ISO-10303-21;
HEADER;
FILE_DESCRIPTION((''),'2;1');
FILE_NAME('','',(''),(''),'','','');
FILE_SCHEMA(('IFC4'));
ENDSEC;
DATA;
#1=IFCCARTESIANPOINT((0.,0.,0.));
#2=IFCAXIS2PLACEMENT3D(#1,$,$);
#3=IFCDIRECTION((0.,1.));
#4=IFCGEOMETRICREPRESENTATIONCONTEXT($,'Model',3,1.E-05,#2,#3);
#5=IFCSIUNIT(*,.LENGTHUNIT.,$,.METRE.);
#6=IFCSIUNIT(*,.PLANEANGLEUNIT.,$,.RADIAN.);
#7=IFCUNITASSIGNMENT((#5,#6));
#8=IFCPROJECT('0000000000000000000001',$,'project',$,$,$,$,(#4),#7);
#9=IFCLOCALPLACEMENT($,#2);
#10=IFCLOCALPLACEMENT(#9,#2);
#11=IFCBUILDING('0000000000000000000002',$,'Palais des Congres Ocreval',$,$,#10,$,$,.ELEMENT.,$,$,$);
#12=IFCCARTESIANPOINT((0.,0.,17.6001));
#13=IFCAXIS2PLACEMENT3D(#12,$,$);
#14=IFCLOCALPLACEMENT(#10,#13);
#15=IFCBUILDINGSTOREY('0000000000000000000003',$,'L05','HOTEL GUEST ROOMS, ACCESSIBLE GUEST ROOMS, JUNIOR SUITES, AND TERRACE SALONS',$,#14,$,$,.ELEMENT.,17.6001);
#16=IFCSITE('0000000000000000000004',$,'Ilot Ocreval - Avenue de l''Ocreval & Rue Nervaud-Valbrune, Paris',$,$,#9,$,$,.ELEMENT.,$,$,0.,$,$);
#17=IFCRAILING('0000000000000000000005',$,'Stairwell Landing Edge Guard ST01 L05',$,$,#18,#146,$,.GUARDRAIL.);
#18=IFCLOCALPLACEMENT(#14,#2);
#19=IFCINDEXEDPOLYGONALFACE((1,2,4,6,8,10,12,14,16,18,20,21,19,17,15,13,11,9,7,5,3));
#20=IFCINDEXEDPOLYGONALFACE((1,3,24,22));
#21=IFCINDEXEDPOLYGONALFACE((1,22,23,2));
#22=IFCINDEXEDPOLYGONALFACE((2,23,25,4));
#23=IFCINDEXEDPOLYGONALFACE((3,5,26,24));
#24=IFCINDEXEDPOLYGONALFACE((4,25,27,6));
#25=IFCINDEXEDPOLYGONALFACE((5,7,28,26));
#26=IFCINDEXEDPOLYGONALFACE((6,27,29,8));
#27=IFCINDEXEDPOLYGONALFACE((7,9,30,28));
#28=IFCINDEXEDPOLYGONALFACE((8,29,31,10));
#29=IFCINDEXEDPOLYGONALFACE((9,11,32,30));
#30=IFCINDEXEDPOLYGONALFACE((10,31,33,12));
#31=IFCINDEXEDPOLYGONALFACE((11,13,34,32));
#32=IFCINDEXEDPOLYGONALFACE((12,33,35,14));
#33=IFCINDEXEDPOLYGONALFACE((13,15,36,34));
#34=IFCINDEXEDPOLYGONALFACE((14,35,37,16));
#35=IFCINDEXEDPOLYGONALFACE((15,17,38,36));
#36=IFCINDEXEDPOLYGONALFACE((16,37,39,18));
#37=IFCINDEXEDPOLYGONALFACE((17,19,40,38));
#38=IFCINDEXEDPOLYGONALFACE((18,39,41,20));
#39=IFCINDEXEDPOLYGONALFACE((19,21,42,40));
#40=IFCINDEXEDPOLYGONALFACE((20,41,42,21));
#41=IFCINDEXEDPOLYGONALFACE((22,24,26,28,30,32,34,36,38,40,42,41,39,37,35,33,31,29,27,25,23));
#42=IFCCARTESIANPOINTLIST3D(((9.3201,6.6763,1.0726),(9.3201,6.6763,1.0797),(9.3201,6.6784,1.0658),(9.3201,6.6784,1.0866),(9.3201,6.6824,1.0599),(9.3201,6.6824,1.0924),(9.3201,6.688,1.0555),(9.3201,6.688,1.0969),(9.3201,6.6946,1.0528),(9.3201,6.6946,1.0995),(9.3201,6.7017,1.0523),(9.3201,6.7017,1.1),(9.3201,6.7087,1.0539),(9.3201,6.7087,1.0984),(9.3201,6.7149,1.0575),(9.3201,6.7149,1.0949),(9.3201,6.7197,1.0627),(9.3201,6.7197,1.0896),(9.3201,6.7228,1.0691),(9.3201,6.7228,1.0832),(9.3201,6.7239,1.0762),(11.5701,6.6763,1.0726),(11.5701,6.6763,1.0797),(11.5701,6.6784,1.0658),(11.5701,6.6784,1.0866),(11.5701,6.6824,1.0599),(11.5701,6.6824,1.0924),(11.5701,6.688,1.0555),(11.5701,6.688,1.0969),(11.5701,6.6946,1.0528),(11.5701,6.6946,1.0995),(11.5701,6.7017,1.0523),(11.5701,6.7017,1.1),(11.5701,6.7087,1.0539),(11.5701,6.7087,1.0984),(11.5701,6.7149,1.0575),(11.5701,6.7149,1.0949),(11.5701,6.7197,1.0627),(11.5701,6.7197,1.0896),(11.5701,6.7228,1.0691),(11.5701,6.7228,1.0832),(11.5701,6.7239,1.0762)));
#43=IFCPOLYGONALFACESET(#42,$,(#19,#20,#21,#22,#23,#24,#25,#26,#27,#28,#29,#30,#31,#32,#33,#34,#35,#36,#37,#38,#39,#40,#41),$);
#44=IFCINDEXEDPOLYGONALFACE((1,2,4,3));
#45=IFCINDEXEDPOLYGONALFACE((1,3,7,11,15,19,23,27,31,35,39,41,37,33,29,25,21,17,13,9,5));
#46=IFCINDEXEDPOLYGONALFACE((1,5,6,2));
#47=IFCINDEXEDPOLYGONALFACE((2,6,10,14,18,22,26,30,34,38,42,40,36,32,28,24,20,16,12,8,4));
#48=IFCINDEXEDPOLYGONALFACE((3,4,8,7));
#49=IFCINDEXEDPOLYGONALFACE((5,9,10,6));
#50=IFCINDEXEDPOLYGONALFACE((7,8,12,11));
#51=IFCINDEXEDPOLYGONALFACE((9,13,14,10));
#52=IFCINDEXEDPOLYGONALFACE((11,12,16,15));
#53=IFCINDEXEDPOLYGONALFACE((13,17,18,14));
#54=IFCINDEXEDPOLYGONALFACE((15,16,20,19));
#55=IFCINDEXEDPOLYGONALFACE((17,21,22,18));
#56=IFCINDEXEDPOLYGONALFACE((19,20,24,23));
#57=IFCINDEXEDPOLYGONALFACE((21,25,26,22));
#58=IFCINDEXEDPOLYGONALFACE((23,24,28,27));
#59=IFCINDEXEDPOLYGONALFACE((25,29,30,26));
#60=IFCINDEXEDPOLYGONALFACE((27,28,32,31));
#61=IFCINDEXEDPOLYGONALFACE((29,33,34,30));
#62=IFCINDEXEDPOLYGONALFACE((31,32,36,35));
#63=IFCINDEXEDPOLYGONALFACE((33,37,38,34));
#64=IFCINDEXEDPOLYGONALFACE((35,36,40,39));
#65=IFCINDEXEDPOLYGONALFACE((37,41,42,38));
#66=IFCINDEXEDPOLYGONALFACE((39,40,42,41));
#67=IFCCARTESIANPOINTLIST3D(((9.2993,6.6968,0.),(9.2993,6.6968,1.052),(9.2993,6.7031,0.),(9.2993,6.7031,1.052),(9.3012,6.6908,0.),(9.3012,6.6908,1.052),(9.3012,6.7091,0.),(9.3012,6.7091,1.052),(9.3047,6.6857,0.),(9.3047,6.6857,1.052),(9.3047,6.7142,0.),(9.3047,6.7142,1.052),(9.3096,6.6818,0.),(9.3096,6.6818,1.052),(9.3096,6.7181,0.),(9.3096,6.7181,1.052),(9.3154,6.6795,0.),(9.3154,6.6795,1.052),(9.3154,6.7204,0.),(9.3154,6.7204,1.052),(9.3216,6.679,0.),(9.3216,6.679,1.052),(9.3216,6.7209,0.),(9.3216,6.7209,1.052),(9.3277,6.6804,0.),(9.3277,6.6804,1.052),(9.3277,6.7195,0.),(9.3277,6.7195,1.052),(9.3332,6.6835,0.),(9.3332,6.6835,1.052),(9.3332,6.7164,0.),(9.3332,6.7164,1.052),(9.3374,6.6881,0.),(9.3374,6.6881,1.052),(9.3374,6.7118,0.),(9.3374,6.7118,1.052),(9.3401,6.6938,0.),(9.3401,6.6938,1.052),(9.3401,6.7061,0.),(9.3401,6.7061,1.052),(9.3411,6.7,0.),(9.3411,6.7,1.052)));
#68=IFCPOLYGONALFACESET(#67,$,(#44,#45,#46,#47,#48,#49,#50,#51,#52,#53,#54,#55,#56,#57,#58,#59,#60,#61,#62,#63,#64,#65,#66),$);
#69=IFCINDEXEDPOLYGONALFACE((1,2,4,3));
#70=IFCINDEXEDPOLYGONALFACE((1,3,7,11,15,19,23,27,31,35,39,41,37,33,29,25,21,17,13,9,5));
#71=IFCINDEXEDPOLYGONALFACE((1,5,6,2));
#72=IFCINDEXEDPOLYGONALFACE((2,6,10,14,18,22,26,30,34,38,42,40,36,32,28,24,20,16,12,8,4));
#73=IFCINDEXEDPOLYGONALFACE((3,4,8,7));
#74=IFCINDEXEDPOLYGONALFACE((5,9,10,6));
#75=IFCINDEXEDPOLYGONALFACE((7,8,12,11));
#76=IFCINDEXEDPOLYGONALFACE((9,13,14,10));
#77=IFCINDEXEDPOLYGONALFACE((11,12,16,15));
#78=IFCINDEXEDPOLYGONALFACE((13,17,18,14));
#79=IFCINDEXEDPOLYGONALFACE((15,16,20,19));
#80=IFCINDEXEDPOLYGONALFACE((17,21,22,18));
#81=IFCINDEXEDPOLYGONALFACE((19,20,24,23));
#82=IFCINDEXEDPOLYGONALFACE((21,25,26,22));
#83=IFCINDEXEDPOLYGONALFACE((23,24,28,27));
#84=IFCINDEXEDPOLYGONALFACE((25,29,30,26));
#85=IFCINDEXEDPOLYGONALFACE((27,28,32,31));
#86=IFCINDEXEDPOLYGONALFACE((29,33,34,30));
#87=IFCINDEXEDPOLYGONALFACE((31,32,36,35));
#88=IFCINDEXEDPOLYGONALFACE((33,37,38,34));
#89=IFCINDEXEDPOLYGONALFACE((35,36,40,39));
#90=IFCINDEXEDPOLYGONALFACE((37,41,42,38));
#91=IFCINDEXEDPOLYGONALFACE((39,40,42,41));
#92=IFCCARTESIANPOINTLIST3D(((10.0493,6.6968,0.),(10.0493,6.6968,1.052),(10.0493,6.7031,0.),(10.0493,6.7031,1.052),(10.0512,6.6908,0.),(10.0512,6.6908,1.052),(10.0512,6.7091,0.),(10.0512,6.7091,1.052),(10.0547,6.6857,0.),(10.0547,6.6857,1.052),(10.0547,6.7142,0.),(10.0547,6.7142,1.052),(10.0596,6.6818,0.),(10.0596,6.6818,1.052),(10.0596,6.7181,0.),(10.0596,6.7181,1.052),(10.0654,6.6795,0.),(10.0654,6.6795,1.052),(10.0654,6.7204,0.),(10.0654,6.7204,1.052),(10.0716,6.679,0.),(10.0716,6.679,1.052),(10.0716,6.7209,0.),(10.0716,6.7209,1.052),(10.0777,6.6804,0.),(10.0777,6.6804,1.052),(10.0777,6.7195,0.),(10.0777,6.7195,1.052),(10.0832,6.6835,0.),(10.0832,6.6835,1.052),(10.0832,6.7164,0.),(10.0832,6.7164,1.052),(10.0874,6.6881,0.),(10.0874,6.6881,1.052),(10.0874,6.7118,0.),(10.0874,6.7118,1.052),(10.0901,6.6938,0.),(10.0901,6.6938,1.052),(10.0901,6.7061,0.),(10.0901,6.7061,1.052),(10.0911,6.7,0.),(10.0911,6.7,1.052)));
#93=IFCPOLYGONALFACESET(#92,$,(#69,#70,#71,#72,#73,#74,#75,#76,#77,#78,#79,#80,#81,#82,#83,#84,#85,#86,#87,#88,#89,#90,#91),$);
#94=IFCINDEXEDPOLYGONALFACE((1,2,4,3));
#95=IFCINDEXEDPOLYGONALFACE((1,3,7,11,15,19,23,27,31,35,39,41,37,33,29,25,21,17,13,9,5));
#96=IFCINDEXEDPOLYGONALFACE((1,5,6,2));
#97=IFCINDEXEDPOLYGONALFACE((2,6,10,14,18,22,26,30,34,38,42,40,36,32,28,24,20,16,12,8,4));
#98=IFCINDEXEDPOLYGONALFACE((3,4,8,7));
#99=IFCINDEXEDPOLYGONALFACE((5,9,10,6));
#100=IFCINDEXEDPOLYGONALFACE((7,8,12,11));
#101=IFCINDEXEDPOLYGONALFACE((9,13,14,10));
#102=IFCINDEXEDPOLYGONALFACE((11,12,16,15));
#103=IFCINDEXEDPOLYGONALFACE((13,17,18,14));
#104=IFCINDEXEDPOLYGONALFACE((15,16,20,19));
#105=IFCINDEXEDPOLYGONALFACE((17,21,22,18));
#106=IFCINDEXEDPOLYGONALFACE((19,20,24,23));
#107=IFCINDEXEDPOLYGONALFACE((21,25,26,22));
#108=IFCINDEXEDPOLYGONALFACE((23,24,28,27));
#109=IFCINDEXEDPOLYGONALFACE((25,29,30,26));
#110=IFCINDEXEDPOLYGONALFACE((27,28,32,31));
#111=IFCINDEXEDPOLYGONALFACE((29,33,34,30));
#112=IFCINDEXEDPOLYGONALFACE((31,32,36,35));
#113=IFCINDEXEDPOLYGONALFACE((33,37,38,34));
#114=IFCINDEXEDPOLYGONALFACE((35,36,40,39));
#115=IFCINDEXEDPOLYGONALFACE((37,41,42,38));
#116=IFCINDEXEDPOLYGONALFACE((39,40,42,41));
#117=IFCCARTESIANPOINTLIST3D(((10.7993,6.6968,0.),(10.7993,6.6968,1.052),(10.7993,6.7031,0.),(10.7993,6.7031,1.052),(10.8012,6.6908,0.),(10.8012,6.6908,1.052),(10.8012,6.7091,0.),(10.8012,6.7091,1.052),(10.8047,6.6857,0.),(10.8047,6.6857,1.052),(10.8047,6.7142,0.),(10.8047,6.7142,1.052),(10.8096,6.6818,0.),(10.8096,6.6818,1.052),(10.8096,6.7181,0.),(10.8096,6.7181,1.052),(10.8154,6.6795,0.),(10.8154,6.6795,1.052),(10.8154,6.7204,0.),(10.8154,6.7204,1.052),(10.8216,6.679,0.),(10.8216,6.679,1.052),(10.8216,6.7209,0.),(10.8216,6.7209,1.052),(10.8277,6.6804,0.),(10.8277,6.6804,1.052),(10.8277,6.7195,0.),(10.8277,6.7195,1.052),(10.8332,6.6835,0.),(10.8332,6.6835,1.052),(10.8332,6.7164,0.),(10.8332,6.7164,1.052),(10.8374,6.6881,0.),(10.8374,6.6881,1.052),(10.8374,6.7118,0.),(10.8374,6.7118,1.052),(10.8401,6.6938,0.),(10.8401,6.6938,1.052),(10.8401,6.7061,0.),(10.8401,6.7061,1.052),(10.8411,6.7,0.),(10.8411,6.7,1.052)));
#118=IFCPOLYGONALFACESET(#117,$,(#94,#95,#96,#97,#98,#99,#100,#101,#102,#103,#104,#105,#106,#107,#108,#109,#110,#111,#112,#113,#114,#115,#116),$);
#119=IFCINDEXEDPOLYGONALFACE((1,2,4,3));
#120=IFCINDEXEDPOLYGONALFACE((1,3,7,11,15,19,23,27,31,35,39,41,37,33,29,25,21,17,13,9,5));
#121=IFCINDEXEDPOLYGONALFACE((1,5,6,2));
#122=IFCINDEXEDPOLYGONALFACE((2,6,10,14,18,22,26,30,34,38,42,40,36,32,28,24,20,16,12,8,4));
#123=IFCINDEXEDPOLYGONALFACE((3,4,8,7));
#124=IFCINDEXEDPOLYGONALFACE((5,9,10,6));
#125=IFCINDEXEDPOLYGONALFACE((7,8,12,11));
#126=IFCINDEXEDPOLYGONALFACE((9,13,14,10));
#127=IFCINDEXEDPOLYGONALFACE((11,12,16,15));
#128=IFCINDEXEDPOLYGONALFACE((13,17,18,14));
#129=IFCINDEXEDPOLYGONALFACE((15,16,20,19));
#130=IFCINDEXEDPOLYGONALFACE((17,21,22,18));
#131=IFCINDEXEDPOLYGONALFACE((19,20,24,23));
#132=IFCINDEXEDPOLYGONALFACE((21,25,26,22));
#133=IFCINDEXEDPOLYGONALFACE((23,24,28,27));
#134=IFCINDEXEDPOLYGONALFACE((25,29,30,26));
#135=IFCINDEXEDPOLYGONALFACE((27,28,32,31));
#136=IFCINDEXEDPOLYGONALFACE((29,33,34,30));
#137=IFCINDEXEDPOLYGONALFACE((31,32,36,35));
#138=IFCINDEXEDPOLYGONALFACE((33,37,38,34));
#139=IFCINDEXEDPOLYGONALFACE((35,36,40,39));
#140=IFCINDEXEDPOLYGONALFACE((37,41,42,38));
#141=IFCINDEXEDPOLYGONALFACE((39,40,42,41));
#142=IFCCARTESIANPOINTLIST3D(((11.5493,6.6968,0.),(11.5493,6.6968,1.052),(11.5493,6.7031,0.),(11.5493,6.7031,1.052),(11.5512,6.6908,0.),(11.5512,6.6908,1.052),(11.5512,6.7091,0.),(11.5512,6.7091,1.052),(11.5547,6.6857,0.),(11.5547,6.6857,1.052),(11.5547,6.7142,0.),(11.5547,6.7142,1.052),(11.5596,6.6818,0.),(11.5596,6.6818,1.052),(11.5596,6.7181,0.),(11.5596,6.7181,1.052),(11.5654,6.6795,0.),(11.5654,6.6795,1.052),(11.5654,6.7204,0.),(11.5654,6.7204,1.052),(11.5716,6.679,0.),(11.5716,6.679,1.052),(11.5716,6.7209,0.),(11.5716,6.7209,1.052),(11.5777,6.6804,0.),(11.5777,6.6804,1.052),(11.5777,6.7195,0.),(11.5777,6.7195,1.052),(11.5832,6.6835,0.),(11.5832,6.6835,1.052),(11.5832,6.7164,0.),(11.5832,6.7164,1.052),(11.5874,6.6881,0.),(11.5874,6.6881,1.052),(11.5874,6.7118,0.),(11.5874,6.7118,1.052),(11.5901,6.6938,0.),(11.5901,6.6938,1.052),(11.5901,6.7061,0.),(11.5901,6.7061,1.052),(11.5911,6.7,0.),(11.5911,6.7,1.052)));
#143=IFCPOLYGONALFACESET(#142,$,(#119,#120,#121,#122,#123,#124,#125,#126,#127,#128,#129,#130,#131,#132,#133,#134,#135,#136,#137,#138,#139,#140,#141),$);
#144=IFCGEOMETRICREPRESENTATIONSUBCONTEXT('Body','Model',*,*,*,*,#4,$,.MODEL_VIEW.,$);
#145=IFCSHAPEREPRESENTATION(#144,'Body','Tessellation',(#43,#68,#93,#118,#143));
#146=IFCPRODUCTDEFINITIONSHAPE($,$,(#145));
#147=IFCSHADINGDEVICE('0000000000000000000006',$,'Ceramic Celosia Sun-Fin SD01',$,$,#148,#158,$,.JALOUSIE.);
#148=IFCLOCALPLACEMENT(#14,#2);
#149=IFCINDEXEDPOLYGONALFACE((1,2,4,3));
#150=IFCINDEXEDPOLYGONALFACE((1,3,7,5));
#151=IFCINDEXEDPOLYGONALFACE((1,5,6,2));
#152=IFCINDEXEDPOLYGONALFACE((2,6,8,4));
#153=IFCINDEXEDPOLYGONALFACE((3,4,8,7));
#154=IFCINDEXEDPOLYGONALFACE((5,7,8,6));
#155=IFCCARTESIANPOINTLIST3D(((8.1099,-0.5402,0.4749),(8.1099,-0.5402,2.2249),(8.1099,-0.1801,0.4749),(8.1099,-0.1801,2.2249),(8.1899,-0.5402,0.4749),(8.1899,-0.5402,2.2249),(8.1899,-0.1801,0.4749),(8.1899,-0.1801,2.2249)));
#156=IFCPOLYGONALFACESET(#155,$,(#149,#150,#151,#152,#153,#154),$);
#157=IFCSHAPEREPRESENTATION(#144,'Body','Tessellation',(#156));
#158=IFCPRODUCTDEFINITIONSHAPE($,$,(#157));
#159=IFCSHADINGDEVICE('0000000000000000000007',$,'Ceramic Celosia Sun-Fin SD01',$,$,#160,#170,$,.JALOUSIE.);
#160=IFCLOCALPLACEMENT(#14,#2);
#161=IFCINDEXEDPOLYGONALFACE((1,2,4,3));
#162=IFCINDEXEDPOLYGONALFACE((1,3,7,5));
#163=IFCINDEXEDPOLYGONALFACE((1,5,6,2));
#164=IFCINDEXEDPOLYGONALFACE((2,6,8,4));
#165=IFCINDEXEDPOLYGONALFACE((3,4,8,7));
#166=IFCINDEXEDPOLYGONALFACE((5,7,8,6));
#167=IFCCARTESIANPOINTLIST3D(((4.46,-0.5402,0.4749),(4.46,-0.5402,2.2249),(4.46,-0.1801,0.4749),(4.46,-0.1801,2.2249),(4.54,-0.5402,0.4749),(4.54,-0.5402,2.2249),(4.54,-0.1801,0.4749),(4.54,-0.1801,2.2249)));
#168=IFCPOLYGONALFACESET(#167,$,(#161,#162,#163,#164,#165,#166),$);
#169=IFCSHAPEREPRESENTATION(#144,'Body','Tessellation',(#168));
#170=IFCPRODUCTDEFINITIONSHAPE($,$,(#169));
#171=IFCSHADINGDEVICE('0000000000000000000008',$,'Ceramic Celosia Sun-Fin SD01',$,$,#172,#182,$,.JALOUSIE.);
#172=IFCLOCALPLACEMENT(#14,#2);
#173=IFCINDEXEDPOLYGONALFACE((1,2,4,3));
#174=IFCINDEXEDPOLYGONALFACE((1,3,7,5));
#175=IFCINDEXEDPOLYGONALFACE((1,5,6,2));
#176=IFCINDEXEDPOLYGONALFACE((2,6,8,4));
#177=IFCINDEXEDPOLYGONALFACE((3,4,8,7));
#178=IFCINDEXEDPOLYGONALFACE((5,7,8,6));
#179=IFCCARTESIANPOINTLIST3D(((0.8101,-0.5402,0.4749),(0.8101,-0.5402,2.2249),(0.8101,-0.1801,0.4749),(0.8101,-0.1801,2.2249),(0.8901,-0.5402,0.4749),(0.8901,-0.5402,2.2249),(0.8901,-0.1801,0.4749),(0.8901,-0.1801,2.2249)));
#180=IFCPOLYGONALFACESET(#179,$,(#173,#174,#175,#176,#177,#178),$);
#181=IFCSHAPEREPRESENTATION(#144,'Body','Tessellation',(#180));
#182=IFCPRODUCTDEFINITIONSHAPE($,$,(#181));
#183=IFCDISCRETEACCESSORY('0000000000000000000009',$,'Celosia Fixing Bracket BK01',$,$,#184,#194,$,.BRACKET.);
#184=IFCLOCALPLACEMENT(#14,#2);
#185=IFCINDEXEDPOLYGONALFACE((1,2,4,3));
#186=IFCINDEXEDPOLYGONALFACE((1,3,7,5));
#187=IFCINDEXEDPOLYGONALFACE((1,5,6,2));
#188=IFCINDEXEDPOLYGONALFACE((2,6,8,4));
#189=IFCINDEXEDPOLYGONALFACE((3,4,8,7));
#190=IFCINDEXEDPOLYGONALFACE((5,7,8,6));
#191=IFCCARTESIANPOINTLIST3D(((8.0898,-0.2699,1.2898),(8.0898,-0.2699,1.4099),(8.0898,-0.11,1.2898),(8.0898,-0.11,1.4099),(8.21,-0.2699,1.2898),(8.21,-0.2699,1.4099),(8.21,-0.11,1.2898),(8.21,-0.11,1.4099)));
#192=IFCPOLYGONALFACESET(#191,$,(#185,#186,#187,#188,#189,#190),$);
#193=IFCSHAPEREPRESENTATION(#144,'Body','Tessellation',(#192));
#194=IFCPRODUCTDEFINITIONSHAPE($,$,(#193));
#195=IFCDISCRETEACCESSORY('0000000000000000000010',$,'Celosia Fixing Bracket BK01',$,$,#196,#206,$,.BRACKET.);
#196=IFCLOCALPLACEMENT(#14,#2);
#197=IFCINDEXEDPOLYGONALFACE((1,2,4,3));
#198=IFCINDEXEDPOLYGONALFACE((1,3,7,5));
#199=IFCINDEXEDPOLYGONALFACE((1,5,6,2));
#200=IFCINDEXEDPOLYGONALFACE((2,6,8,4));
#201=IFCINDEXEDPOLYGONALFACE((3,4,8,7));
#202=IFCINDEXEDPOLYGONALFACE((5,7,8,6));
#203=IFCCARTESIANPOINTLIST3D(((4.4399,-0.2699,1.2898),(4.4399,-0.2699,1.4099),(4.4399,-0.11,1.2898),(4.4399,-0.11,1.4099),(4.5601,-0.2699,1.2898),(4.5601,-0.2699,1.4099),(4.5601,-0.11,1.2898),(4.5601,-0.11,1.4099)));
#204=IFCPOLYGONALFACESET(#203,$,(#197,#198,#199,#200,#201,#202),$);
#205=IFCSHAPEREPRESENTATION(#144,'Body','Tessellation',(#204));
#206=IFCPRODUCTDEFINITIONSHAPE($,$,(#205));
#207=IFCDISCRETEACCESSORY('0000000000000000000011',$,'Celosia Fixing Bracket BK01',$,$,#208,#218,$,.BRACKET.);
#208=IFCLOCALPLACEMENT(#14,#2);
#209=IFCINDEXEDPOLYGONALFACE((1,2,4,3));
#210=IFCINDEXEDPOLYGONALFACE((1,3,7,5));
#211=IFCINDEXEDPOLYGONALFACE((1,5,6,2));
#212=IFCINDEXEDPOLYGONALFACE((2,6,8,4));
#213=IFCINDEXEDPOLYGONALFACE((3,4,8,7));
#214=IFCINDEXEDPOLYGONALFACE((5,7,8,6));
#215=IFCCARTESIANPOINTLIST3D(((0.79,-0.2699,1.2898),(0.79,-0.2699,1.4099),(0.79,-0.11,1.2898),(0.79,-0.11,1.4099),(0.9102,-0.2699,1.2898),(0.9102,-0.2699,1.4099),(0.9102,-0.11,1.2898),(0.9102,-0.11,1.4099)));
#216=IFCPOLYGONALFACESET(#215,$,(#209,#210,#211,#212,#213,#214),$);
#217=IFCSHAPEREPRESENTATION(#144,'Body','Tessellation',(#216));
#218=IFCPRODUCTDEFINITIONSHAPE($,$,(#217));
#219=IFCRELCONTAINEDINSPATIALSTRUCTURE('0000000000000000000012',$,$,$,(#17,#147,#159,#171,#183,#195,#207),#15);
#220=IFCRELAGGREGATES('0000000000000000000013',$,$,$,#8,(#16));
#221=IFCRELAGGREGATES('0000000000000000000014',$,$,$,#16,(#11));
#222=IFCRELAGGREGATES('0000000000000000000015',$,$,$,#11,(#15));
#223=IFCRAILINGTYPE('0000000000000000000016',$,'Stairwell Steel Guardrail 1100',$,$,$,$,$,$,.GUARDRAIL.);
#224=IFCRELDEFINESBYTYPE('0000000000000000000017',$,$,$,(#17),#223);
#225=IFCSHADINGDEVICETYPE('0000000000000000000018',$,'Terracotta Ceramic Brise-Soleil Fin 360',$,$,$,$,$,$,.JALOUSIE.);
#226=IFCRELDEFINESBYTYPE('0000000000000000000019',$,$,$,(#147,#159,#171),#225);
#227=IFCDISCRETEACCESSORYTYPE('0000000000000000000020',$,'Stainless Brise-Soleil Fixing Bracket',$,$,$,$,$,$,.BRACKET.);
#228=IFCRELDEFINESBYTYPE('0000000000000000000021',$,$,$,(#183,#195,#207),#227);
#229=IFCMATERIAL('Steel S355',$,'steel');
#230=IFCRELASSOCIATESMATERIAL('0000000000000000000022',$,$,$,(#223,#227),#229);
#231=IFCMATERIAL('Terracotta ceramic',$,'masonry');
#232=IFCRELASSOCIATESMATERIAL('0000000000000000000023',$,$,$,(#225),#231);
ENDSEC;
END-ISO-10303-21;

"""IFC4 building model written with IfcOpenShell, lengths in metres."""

from ifc_helpers import new_model, si_unit, direction, frame, origin, origin_2d, place, context, subcontext, project, spatial, rectangle, circle, extrude, material, type_object, element, save


model = new_model("IFC4")

# Units and contexts
model_context = context("Model", 3, precision=1e-05, world=origin(), true_north=direction((0.0, 1.0)))
body_context = subcontext(model_context, "Body", "Model", "MODEL_VIEW")
ifc_project = project(units=[si_unit("LENGTHUNIT", "METRE"), si_unit("PLANEANGLEUNIT", "RADIAN")], contexts=[model_context])

# Site, building, storey
site_placement = place(None, origin())
site = spatial("IfcSite", under=ifc_project, at=site_placement, Name="Ilot Ocreval - Avenue de l'Ocreval & Rue Nervaud-Valbrune, Paris", CompositionType="ELEMENT", RefElevation=0.0)
building_placement = place(site_placement, origin())
building = spatial("IfcBuilding", under=site, at=building_placement, Name="Palais des Congres Ocreval", CompositionType="ELEMENT")
storey_placement = place(building_placement, frame((0.0, 0.0, 17.6001)))
storey = spatial("IfcBuildingStorey", under=building, at=storey_placement, Name="L05", Description="HOTEL GUEST ROOMS, ACCESSIBLE GUEST ROOMS, JUNIOR SUITES, AND TERRACE SALONS", CompositionType="ELEMENT", Elevation=17.6001)

# Shared definitions
ifc_material_1 = material(Name="Steel S355", Category="steel")

# Railing
railing_type_1 = type_object("IfcRailingType", Name="Stairwell Steel Guardrail 1100", PredefinedType="GUARDRAIL", material=ifc_material_1)
railing_1_placement = place(storey_placement, frame((9.3201, 6.7, 0.0)))
element("IfcRailing", 1, at=railing_1_placement, inside=storey, type_object=railing_type_1, Name="Stairwell Landing Edge Guard ST01 L05", PredefinedType="GUARDRAIL", context=body_context, shape_type="SweptSolid", body=[
    extrude(circle(Radius=0.0239, at=origin_2d()), frame((0.0, 0.0, 1.0762), z_axis=(1.0, 0.0, 0.0), x_axis=(0.0, 1.0, 0.0)), (0.0, 0.0, 1.0), 2.25),
    extrude(circle(Radius=0.021, at=origin_2d()), origin(), (0.0, 0.0, 1.0), 1.052),
    extrude(circle(Radius=0.021, at=origin_2d()), frame((0.75, 0.0, 0.0)), (0.0, 0.0, 1.0), 1.052),
    extrude(circle(Radius=0.021, at=origin_2d()), frame((1.5, 0.0, 0.0)), (0.0, 0.0, 1.0), 1.052),
    extrude(circle(Radius=0.021, at=origin_2d()), frame((2.25, 0.0, 0.0)), (0.0, 0.0, 1.0), 1.052),
])

# Shading devices
ifc_material_2 = material(Name="Terracotta ceramic", Category="masonry")
shading_device_type = type_object("IfcShadingDeviceType", Name="Terracotta Ceramic Brise-Soleil Fin 360", PredefinedType="JALOUSIE", material=ifc_material_2)
for number, where, z_axis, x_axis, name in (
    (2, (8.1499, -0.3601, 0.4749), (0.0, 0.0, 1.0), (0.0, -1.0, 0.0), "Ceramic Celosia Sun-Fin SD01"),
    (3, (4.5, -0.3601, 0.4749), (0.0, 0.0, 1.0), (0.0, -1.0, 0.0), "Ceramic Celosia Sun-Fin SD01"),
    (4, (0.8501, -0.3601, 0.4749), (0.0, 0.0, 1.0), (0.0, -1.0, 0.0), "Ceramic Celosia Sun-Fin SD01"),
):
    element("IfcShadingDevice", number, at=place(storey_placement, frame(where, z_axis=z_axis, x_axis=x_axis)), inside=storey, type_object=shading_device_type, Name=name, PredefinedType="JALOUSIE", context=body_context, shape_type="SweptSolid", body=[
        extrude(rectangle(XDim=0.3601, YDim=0.0801, at=origin_2d()), origin(), (0.0, 0.0, 1.0), 1.75),
    ])

# Discrete accessories
discrete_accessory_type = type_object("IfcDiscreteAccessoryType", Name="Stainless Brise-Soleil Fixing Bracket", PredefinedType="BRACKET", material=ifc_material_1)
for number, where, z_axis, x_axis, name in (
    (5, (8.1499, -0.1899, 1.2898), (0.0, 0.0, 1.0), (0.0, -1.0, 0.0), "Celosia Fixing Bracket BK01"),
    (6, (4.5, -0.1899, 1.2898), (0.0, 0.0, 1.0), (0.0, -1.0, 0.0), "Celosia Fixing Bracket BK01"),
    (7, (0.8501, -0.1899, 1.2898), (0.0, 0.0, 1.0), (0.0, -1.0, 0.0), "Celosia Fixing Bracket BK01"),
):
    element("IfcDiscreteAccessory", number, at=place(storey_placement, frame(where, z_axis=z_axis, x_axis=x_axis)), inside=storey, type_object=discrete_accessory_type, Name=name, PredefinedType="BRACKET", context=body_context, shape_type="SweptSolid", body=[
        extrude(rectangle(XDim=0.1599, YDim=0.1201, at=origin_2d()), origin(), (0.0, 0.0, 1.0), 0.1201),
    ])

save(model, "model.ifc")
